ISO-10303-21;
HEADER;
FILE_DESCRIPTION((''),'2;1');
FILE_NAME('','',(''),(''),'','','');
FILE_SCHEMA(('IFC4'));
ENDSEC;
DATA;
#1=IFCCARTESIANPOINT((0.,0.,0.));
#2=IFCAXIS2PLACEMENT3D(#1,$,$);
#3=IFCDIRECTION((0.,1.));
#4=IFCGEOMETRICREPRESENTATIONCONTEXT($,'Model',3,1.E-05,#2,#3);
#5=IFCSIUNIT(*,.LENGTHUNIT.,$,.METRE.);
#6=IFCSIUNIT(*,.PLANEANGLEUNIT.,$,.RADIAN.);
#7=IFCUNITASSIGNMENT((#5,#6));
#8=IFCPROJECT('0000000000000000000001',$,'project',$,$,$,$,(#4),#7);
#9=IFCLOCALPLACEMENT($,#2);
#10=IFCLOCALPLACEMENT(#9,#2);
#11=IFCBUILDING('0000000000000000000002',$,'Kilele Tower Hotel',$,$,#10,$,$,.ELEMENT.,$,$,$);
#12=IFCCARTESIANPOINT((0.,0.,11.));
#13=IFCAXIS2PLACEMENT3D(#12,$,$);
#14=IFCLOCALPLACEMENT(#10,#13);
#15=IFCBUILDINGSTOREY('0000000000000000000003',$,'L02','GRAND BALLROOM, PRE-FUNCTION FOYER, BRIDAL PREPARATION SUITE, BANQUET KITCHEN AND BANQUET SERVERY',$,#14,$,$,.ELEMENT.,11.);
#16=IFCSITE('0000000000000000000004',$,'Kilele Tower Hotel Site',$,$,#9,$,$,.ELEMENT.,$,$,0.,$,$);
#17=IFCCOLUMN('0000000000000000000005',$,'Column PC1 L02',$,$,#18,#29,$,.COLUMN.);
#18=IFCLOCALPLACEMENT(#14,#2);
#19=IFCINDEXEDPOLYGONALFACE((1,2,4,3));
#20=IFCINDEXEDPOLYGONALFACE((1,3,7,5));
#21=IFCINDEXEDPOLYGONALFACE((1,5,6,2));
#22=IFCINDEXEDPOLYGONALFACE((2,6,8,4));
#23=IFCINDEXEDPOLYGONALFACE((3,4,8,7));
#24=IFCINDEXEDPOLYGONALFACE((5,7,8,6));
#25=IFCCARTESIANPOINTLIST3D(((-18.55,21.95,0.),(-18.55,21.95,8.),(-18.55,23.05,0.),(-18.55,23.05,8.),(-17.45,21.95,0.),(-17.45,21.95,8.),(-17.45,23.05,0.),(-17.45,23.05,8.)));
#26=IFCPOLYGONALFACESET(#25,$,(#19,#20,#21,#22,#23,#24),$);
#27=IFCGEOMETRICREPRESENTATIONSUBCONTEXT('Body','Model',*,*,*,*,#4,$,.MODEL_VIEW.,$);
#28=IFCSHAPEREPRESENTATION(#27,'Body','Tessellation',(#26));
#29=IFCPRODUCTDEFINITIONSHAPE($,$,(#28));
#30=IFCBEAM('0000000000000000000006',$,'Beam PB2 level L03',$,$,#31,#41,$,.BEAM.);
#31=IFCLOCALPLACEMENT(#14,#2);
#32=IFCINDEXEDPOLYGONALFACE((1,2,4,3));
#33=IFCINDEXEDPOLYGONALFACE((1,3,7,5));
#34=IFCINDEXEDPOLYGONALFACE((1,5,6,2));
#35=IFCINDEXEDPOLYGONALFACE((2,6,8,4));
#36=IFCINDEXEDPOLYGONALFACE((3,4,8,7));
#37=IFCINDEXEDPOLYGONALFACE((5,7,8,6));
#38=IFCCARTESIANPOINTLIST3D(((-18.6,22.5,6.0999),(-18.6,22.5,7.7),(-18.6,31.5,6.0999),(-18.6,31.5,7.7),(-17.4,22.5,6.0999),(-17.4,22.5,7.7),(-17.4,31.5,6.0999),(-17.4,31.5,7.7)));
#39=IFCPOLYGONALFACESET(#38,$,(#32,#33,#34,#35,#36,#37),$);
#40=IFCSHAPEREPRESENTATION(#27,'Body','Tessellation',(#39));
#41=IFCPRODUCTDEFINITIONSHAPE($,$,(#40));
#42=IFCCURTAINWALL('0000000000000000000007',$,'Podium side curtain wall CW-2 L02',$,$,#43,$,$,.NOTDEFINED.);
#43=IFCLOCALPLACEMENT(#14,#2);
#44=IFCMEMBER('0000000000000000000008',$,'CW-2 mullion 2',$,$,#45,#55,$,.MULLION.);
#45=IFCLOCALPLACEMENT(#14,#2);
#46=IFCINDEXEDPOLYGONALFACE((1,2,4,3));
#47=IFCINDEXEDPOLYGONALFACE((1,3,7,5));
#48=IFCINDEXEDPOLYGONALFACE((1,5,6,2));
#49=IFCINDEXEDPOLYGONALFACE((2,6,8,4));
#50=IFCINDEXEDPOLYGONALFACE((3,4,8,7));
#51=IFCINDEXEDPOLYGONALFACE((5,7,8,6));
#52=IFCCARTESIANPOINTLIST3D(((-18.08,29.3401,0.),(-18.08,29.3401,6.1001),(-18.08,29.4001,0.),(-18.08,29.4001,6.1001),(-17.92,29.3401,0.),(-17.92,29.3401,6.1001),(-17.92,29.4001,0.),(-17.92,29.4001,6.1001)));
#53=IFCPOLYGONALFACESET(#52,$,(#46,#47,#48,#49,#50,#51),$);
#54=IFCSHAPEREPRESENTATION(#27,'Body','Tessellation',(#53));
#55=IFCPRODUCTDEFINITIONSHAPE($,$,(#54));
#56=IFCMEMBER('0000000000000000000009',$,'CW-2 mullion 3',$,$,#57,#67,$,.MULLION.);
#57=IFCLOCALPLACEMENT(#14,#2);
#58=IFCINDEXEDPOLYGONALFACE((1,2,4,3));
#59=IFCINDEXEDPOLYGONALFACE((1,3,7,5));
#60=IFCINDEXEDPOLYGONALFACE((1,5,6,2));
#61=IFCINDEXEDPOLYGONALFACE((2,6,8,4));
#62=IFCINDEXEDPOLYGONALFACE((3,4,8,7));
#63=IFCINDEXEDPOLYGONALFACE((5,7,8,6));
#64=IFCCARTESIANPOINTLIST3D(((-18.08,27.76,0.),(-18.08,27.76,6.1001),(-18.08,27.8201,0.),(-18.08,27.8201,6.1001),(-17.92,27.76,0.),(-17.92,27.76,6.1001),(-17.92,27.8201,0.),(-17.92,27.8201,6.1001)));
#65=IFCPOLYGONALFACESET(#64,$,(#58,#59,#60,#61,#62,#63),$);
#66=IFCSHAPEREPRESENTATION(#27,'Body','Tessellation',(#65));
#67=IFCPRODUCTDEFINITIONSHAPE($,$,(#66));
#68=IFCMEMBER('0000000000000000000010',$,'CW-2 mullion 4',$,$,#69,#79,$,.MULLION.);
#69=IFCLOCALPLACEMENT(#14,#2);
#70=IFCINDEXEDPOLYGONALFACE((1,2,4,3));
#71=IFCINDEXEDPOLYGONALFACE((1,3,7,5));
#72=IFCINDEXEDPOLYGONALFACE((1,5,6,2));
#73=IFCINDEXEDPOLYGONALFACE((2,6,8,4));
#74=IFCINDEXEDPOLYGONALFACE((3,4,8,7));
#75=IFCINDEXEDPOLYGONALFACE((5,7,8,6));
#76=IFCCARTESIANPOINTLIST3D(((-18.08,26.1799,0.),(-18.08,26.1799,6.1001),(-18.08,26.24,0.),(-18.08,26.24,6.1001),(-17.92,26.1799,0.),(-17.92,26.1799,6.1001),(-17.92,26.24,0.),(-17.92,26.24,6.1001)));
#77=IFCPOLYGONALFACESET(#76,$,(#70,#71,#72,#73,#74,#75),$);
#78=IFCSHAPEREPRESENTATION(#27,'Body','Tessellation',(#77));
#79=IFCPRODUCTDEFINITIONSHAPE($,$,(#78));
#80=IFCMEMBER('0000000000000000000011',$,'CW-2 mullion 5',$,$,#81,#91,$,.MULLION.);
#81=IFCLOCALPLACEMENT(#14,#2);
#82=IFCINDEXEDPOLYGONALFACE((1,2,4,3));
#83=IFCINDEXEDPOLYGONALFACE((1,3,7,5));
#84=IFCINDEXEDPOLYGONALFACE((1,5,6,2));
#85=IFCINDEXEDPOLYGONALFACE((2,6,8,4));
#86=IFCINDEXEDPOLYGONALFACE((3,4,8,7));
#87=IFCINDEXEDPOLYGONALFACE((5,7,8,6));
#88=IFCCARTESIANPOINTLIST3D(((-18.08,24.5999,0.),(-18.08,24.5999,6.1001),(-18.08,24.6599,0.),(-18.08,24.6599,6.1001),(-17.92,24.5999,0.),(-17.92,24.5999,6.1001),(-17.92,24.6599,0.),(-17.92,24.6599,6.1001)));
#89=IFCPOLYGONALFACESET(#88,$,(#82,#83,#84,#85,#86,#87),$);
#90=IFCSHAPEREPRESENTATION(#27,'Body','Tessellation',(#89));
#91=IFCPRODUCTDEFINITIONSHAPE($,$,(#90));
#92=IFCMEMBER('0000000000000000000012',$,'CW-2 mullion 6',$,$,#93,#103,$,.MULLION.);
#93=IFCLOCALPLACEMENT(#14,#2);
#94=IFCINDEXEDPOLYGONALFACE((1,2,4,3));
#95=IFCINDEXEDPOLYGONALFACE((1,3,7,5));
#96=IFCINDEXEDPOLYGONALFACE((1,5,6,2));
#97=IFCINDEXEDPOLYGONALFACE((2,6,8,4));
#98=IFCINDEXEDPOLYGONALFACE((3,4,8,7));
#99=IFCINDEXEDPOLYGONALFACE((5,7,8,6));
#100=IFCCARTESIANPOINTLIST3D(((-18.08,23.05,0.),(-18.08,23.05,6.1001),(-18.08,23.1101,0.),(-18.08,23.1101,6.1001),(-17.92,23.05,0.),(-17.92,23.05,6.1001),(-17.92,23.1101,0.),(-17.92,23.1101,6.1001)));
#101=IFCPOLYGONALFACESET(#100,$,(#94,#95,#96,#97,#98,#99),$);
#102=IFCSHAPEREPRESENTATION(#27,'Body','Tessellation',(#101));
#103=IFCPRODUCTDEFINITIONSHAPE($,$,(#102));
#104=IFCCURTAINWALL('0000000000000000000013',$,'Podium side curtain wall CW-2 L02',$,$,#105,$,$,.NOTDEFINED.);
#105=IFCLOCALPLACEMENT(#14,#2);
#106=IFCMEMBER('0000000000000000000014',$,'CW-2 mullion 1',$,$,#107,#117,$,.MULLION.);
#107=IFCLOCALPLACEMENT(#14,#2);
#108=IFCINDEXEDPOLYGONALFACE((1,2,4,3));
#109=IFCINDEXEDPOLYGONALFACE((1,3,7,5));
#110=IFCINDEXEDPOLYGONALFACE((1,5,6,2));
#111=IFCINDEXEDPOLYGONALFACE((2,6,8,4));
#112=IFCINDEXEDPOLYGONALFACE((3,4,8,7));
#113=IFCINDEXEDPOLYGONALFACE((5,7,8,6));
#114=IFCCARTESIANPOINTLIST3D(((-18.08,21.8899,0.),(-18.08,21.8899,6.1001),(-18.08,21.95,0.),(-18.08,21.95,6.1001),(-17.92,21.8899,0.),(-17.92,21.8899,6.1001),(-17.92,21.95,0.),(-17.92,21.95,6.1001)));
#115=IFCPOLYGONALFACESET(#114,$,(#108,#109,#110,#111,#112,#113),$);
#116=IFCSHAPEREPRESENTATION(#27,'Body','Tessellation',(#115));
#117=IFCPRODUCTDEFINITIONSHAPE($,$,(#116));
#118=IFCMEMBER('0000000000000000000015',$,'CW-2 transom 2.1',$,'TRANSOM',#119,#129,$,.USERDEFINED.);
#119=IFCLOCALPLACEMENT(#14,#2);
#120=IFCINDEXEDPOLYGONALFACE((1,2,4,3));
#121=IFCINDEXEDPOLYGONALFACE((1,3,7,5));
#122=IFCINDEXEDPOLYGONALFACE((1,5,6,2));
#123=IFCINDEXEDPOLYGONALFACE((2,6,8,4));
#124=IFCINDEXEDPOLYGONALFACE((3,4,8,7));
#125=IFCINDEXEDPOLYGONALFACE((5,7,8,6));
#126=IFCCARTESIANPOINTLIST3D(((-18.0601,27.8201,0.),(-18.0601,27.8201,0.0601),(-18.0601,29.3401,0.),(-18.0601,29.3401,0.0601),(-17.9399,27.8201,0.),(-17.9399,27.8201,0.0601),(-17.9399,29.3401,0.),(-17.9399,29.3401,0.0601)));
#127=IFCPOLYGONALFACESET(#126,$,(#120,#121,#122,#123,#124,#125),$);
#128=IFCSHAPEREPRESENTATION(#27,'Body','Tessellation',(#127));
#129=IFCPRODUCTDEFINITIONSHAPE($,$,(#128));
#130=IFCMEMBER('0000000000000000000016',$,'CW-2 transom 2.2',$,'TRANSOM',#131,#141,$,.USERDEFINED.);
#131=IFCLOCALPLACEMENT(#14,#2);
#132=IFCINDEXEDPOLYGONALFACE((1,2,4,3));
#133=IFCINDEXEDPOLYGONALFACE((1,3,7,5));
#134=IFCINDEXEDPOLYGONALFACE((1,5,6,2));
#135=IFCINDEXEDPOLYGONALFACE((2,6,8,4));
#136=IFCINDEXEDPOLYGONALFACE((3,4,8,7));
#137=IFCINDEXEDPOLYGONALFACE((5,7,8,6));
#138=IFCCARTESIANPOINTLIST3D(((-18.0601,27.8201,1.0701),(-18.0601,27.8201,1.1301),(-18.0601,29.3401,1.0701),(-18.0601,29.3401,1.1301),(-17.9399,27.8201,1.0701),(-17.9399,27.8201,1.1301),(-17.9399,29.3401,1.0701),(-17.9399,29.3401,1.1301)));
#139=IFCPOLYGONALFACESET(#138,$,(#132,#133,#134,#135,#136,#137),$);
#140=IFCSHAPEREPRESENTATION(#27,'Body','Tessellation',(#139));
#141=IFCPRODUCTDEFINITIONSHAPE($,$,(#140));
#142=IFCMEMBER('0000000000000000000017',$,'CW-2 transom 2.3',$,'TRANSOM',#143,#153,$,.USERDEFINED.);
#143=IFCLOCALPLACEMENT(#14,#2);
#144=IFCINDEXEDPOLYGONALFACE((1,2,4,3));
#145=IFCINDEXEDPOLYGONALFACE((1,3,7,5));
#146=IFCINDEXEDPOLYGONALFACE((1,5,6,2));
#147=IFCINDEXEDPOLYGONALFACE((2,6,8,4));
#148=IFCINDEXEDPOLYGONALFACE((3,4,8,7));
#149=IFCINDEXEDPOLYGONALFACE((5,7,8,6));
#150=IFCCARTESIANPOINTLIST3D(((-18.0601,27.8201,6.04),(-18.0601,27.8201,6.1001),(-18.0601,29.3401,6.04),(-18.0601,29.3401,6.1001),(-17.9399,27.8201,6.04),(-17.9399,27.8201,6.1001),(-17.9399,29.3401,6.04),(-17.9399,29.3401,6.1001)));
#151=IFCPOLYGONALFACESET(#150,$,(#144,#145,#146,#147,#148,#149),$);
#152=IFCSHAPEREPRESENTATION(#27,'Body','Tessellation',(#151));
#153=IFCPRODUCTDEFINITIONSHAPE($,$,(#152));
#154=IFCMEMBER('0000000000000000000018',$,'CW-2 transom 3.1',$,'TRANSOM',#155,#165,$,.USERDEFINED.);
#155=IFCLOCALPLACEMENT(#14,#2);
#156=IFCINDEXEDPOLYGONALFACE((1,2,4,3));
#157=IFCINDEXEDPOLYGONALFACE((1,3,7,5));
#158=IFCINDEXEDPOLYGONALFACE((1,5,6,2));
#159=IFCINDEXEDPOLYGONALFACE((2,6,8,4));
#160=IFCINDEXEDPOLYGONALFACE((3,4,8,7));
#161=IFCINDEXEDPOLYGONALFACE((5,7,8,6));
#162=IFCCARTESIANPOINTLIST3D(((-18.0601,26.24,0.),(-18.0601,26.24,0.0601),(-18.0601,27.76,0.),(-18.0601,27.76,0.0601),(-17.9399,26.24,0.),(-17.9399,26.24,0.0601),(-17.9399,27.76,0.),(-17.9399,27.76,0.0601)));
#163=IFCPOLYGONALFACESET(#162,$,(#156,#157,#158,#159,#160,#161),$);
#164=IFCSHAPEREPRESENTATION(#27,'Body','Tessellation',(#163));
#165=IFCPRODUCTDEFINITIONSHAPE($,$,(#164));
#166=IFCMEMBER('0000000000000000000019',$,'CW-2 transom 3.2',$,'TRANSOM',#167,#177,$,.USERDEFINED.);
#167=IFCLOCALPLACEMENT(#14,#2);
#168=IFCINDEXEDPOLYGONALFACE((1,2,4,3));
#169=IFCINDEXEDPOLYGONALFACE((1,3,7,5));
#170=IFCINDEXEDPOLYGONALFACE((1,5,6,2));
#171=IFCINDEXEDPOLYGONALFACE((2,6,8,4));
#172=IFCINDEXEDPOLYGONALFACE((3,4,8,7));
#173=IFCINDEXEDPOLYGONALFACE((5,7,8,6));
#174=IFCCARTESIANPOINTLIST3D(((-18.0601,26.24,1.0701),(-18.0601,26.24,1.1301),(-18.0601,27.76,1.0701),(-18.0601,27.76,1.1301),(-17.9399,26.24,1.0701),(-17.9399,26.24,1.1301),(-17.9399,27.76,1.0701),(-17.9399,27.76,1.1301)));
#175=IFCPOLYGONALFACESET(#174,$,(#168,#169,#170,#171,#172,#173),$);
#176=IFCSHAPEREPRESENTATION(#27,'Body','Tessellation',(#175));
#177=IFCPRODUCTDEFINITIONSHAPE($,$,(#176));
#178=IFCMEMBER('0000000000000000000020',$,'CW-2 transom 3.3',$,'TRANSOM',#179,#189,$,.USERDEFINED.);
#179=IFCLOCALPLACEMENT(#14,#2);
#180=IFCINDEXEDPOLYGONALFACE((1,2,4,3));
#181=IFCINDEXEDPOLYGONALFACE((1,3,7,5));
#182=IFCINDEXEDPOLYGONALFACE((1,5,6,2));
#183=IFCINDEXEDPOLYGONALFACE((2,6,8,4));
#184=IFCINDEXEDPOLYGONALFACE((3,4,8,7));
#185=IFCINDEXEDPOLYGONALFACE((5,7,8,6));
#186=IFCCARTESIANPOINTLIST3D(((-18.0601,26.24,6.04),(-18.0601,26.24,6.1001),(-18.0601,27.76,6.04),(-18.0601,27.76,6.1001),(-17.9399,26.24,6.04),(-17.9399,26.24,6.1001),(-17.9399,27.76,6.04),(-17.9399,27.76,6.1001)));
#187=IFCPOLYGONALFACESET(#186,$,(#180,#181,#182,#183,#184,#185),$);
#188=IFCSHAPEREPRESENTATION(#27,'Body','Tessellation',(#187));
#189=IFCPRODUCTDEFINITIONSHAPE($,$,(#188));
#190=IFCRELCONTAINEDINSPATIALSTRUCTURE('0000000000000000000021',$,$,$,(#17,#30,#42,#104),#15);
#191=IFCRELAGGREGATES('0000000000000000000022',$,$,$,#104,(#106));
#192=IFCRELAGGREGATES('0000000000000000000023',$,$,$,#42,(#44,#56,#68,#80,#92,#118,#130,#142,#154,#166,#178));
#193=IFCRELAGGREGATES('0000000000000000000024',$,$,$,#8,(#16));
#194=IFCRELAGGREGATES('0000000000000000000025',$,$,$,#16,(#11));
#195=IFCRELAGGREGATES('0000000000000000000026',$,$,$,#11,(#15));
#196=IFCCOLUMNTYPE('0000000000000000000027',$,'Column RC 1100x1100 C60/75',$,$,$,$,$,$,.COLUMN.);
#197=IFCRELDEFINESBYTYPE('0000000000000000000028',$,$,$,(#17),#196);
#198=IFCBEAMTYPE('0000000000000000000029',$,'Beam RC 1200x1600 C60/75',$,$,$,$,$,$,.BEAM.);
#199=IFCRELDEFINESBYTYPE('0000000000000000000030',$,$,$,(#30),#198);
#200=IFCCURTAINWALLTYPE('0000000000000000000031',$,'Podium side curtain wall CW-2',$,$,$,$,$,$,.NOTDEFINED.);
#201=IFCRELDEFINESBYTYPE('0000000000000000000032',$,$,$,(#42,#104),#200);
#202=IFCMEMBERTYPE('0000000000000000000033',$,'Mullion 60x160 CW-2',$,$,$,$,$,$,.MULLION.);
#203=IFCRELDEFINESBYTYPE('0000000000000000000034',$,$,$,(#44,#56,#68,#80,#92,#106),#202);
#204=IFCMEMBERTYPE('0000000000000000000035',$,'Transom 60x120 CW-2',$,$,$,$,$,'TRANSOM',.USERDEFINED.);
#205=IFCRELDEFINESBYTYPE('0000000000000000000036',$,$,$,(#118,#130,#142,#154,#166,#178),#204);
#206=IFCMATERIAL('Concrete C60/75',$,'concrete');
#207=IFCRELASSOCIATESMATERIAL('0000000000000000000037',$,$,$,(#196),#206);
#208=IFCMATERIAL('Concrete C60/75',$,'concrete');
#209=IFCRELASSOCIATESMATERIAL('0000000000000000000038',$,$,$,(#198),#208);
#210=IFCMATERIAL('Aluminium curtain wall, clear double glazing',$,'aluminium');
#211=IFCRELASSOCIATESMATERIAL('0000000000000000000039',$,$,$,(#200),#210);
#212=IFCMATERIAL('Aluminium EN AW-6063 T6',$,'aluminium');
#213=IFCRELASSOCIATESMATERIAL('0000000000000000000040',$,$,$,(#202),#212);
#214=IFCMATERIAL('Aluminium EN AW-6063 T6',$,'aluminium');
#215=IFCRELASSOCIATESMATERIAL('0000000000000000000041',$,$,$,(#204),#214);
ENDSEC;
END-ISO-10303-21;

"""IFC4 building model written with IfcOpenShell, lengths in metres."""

from ifc_helpers import new_model, si_unit, direction, frame, origin, origin_2d, place, context, subcontext, project, spatial, rectangle, extrude, material, material_profile, profile_set, type_object, element, aggregate, save


model = new_model("IFC4")

# Units and contexts
model_context = context("Model", 3, precision=1e-05, world=origin(), true_north=direction((0.0, 1.0)))
body_context = subcontext(model_context, "Body", "Model", "MODEL_VIEW")
ifc_project = project(units=[si_unit("LENGTHUNIT", "METRE"), si_unit("PLANEANGLEUNIT", "RADIAN")], contexts=[model_context])

# Site, building, storey
site_placement = place(None, origin())
site = spatial("IfcSite", under=ifc_project, at=site_placement, Name="Kilele Tower Hotel Site", CompositionType="ELEMENT", RefElevation=0.0)
building_placement = place(site_placement, origin())
building = spatial("IfcBuilding", under=site, at=building_placement, Name="Kilele Tower Hotel", CompositionType="ELEMENT")
storey_placement = place(building_placement, frame((0.0, 0.0, 11.0)))
storey = spatial("IfcBuildingStorey", under=building, at=storey_placement, Name="L02", Description="GRAND BALLROOM, PRE-FUNCTION FOYER, BRIDAL PREPARATION SUITE, BANQUET KITCHEN AND BANQUET SERVERY", CompositionType="ELEMENT", Elevation=11.0)

# Column
ifc_material_1 = material(Name="Concrete C60/75", Category="concrete")
ifc_material_profile_1 = material_profile(ifc_material_1, rectangle(XDim=1.1001, YDim=1.1001, at=origin_2d()))
ifc_profile_set_1 = profile_set([ifc_material_profile_1], Name="Concrete C60/75")
column_type = type_object("IfcColumnType", Name="Column RC 1100x1100 C60/75", PredefinedType="COLUMN", material=ifc_profile_set_1)
column_placement = place(storey_placement, frame((-18.0, 22.5, 0.0), z_axis=(0.0, 0.0, 1.0), x_axis=(1.0, 0.0, 0.0)))
element("IfcColumn", 1, at=column_placement, inside=storey, type_object=column_type, Name="Column PC1 L02", PredefinedType="COLUMN", context=body_context, shape_type="SweptSolid", body=[
    extrude(rectangle(XDim=1.1001, YDim=1.1001, at=origin_2d()), origin(), (0.0, 0.0, 1.0), 8.0),
])

# Beam
ifc_material_2 = material(Name="Concrete C60/75", Category="concrete")
ifc_material_profile_2 = material_profile(ifc_material_2, rectangle(XDim=1.2, YDim=1.6001, at=origin_2d()))
ifc_profile_set_2 = profile_set([ifc_material_profile_2], Name="Concrete C60/75")
beam_type = type_object("IfcBeamType", Name="Beam RC 1200x1600 C60/75", PredefinedType="BEAM", material=ifc_profile_set_2)
beam_placement = place(storey_placement, frame((-18.0, 22.5, 6.8999), z_axis=(0.0, 1.0, 0.0), x_axis=(-1.0, 0.0, 0.0)))
element("IfcBeam", 2, at=beam_placement, inside=storey, type_object=beam_type, Name="Beam PB2 level L03", PredefinedType="BEAM", context=body_context, shape_type="SweptSolid", body=[
    extrude(rectangle(XDim=1.2, YDim=1.6001, at=origin_2d()), origin(), (0.0, 0.0, 1.0), 9.0),
])

# Curtain wall, members
ifc_material_3 = material(Name="Aluminium curtain wall, clear double glazing", Category="aluminium")
curtain_wall_type = type_object("IfcCurtainWallType", Name="Podium side curtain wall CW-2", PredefinedType="NOTDEFINED", material=ifc_material_3)
curtain_wall_1_placement = place(storey_placement, origin())
curtain_wall_1 = element("IfcCurtainWall", 3, at=curtain_wall_1_placement, inside=storey, type_object=curtain_wall_type, Name="Podium side curtain wall CW-2 L02", PredefinedType="NOTDEFINED")
ifc_material_4 = material(Name="Aluminium EN AW-6063 T6", Category="aluminium")
ifc_material_profile_3 = material_profile(ifc_material_4, rectangle(XDim=0.1599, YDim=0.0601, at=origin_2d()))
ifc_profile_set_3 = profile_set([ifc_material_profile_3], Name="Aluminium EN AW-6063 T6")
member_type_1 = type_object("IfcMemberType", Name="Mullion 60x160 CW-2", PredefinedType="MULLION", material=ifc_profile_set_3)
member_1_placement = place(storey_placement, frame((-18.0, 29.3701, 0.0), z_axis=(0.0, 0.0, 1.0), x_axis=(1.0, 0.0, 0.0)))
member_1 = element("IfcMember", 4, at=member_1_placement, type_object=member_type_1, Name="CW-2 mullion 2", PredefinedType="MULLION", context=body_context, shape_type="SweptSolid", body=[
    extrude(rectangle(XDim=0.1599, YDim=0.0601, at=origin_2d()), origin(), (0.0, 0.0, 1.0), 6.1001),
])
member_2_placement = place(storey_placement, frame((-18.0, 27.79, 0.0), z_axis=(0.0, 0.0, 1.0), x_axis=(1.0, 0.0, 0.0)))
member_2 = element("IfcMember", 5, at=member_2_placement, type_object=member_type_1, Name="CW-2 mullion 3", PredefinedType="MULLION", context=body_context, shape_type="SweptSolid", body=[
    extrude(rectangle(XDim=0.1599, YDim=0.0601, at=origin_2d()), origin(), (0.0, 0.0, 1.0), 6.1001),
])
member_3_placement = place(storey_placement, frame((-18.0, 26.21, 0.0), z_axis=(0.0, 0.0, 1.0), x_axis=(1.0, 0.0, 0.0)))
member_3 = element("IfcMember", 6, at=member_3_placement, type_object=member_type_1, Name="CW-2 mullion 4", PredefinedType="MULLION", context=body_context, shape_type="SweptSolid", body=[
    extrude(rectangle(XDim=0.1599, YDim=0.0601, at=origin_2d()), origin(), (0.0, 0.0, 1.0), 6.1001),
])
member_4_placement = place(storey_placement, frame((-18.0, 24.6299, 0.0), z_axis=(0.0, 0.0, 1.0), x_axis=(1.0, 0.0, 0.0)))
member_4 = element("IfcMember", 7, at=member_4_placement, type_object=member_type_1, Name="CW-2 mullion 5", PredefinedType="MULLION", context=body_context, shape_type="SweptSolid", body=[
    extrude(rectangle(XDim=0.1599, YDim=0.0601, at=origin_2d()), origin(), (0.0, 0.0, 1.0), 6.1001),
])
member_5_placement = place(storey_placement, frame((-18.0, 23.0801, 0.0), z_axis=(0.0, 0.0, 1.0), x_axis=(1.0, 0.0, 0.0)))
member_5 = element("IfcMember", 8, at=member_5_placement, type_object=member_type_1, Name="CW-2 mullion 6", PredefinedType="MULLION", context=body_context, shape_type="SweptSolid", body=[
    extrude(rectangle(XDim=0.1599, YDim=0.0601, at=origin_2d()), origin(), (0.0, 0.0, 1.0), 6.1001),
])

# Curtain wall, member
curtain_wall_2_placement = place(storey_placement, origin())
curtain_wall_2 = element("IfcCurtainWall", 9, at=curtain_wall_2_placement, inside=storey, type_object=curtain_wall_type, Name="Podium side curtain wall CW-2 L02", PredefinedType="NOTDEFINED")
member_6_placement = place(storey_placement, frame((-18.0, 21.9199, 0.0), z_axis=(0.0, 0.0, 1.0), x_axis=(1.0, 0.0, 0.0)))
member_6 = element("IfcMember", 10, at=member_6_placement, type_object=member_type_1, Name="CW-2 mullion 1", PredefinedType="MULLION", context=body_context, shape_type="SweptSolid", body=[
    extrude(rectangle(XDim=0.1599, YDim=0.0601, at=origin_2d()), origin(), (0.0, 0.0, 1.0), 6.1001),
])

# Members
ifc_material_5 = material(Name="Aluminium EN AW-6063 T6", Category="aluminium")
ifc_material_profile_4 = material_profile(ifc_material_5, rectangle(XDim=0.1201, YDim=0.0601, at=origin_2d()))
ifc_profile_set_4 = profile_set([ifc_material_profile_4], Name="Aluminium EN AW-6063 T6")
member_type_2 = type_object("IfcMemberType", Name="Transom 60x120 CW-2", ElementType="TRANSOM", PredefinedType="USERDEFINED", material=ifc_profile_set_4)
member_7_placement = place(storey_placement, frame((-18.0, 29.3401, 0.03), z_axis=(0.0, -1.0, 0.0), x_axis=(1.0, 0.0, 0.0)))
member_7 = element("IfcMember", 11, at=member_7_placement, type_object=member_type_2, Name="CW-2 transom 2.1", ObjectType="TRANSOM", PredefinedType="USERDEFINED", context=body_context, shape_type="SweptSolid", body=[
    extrude(rectangle(XDim=0.1201, YDim=0.0601, at=origin_2d()), origin(), (0.0, 0.0, 1.0), 1.52),
])
member_8_placement = place(storey_placement, frame((-18.0, 29.3401, 1.1001), z_axis=(0.0, -1.0, 0.0), x_axis=(1.0, 0.0, 0.0)))
member_8 = element("IfcMember", 12, at=member_8_placement, type_object=member_type_2, Name="CW-2 transom 2.2", ObjectType="TRANSOM", PredefinedType="USERDEFINED", context=body_context, shape_type="SweptSolid", body=[
    extrude(rectangle(XDim=0.1201, YDim=0.0601, at=origin_2d()), origin(), (0.0, 0.0, 1.0), 1.52),
])
member_9_placement = place(storey_placement, frame((-18.0, 29.3401, 6.0701), z_axis=(0.0, -1.0, 0.0), x_axis=(1.0, 0.0, 0.0)))
member_9 = element("IfcMember", 13, at=member_9_placement, type_object=member_type_2, Name="CW-2 transom 2.3", ObjectType="TRANSOM", PredefinedType="USERDEFINED", context=body_context, shape_type="SweptSolid", body=[
    extrude(rectangle(XDim=0.1201, YDim=0.0601, at=origin_2d()), origin(), (0.0, 0.0, 1.0), 1.52),
])
member_10_placement = place(storey_placement, frame((-18.0, 27.76, 0.03), z_axis=(0.0, -1.0, 0.0), x_axis=(1.0, 0.0, 0.0)))
member_10 = element("IfcMember", 14, at=member_10_placement, type_object=member_type_2, Name="CW-2 transom 3.1", ObjectType="TRANSOM", PredefinedType="USERDEFINED", context=body_context, shape_type="SweptSolid", body=[
    extrude(rectangle(XDim=0.1201, YDim=0.0601, at=origin_2d()), origin(), (0.0, 0.0, 1.0), 1.52),
])
member_11_placement = place(storey_placement, frame((-18.0, 27.76, 1.1001), z_axis=(0.0, -1.0, 0.0), x_axis=(1.0, 0.0, 0.0)))
member_11 = element("IfcMember", 15, at=member_11_placement, type_object=member_type_2, Name="CW-2 transom 3.2", ObjectType="TRANSOM", PredefinedType="USERDEFINED", context=body_context, shape_type="SweptSolid", body=[
    extrude(rectangle(XDim=0.1201, YDim=0.0601, at=origin_2d()), origin(), (0.0, 0.0, 1.0), 1.52),
])
member_12_placement = place(storey_placement, frame((-18.0, 27.76, 6.0701), z_axis=(0.0, -1.0, 0.0), x_axis=(1.0, 0.0, 0.0)))
member_12 = element("IfcMember", 16, at=member_12_placement, type_object=member_type_2, Name="CW-2 transom 3.3", ObjectType="TRANSOM", PredefinedType="USERDEFINED", context=body_context, shape_type="SweptSolid", body=[
    extrude(rectangle(XDim=0.1201, YDim=0.0601, at=origin_2d()), origin(), (0.0, 0.0, 1.0), 1.52),
])
aggregate(curtain_wall_2, [member_6])

aggregate(curtain_wall_1, [member_1, member_2, member_3, member_4, member_5, member_7, member_8, member_9, member_10, member_11, member_12])

save(model, "model.ifc")
